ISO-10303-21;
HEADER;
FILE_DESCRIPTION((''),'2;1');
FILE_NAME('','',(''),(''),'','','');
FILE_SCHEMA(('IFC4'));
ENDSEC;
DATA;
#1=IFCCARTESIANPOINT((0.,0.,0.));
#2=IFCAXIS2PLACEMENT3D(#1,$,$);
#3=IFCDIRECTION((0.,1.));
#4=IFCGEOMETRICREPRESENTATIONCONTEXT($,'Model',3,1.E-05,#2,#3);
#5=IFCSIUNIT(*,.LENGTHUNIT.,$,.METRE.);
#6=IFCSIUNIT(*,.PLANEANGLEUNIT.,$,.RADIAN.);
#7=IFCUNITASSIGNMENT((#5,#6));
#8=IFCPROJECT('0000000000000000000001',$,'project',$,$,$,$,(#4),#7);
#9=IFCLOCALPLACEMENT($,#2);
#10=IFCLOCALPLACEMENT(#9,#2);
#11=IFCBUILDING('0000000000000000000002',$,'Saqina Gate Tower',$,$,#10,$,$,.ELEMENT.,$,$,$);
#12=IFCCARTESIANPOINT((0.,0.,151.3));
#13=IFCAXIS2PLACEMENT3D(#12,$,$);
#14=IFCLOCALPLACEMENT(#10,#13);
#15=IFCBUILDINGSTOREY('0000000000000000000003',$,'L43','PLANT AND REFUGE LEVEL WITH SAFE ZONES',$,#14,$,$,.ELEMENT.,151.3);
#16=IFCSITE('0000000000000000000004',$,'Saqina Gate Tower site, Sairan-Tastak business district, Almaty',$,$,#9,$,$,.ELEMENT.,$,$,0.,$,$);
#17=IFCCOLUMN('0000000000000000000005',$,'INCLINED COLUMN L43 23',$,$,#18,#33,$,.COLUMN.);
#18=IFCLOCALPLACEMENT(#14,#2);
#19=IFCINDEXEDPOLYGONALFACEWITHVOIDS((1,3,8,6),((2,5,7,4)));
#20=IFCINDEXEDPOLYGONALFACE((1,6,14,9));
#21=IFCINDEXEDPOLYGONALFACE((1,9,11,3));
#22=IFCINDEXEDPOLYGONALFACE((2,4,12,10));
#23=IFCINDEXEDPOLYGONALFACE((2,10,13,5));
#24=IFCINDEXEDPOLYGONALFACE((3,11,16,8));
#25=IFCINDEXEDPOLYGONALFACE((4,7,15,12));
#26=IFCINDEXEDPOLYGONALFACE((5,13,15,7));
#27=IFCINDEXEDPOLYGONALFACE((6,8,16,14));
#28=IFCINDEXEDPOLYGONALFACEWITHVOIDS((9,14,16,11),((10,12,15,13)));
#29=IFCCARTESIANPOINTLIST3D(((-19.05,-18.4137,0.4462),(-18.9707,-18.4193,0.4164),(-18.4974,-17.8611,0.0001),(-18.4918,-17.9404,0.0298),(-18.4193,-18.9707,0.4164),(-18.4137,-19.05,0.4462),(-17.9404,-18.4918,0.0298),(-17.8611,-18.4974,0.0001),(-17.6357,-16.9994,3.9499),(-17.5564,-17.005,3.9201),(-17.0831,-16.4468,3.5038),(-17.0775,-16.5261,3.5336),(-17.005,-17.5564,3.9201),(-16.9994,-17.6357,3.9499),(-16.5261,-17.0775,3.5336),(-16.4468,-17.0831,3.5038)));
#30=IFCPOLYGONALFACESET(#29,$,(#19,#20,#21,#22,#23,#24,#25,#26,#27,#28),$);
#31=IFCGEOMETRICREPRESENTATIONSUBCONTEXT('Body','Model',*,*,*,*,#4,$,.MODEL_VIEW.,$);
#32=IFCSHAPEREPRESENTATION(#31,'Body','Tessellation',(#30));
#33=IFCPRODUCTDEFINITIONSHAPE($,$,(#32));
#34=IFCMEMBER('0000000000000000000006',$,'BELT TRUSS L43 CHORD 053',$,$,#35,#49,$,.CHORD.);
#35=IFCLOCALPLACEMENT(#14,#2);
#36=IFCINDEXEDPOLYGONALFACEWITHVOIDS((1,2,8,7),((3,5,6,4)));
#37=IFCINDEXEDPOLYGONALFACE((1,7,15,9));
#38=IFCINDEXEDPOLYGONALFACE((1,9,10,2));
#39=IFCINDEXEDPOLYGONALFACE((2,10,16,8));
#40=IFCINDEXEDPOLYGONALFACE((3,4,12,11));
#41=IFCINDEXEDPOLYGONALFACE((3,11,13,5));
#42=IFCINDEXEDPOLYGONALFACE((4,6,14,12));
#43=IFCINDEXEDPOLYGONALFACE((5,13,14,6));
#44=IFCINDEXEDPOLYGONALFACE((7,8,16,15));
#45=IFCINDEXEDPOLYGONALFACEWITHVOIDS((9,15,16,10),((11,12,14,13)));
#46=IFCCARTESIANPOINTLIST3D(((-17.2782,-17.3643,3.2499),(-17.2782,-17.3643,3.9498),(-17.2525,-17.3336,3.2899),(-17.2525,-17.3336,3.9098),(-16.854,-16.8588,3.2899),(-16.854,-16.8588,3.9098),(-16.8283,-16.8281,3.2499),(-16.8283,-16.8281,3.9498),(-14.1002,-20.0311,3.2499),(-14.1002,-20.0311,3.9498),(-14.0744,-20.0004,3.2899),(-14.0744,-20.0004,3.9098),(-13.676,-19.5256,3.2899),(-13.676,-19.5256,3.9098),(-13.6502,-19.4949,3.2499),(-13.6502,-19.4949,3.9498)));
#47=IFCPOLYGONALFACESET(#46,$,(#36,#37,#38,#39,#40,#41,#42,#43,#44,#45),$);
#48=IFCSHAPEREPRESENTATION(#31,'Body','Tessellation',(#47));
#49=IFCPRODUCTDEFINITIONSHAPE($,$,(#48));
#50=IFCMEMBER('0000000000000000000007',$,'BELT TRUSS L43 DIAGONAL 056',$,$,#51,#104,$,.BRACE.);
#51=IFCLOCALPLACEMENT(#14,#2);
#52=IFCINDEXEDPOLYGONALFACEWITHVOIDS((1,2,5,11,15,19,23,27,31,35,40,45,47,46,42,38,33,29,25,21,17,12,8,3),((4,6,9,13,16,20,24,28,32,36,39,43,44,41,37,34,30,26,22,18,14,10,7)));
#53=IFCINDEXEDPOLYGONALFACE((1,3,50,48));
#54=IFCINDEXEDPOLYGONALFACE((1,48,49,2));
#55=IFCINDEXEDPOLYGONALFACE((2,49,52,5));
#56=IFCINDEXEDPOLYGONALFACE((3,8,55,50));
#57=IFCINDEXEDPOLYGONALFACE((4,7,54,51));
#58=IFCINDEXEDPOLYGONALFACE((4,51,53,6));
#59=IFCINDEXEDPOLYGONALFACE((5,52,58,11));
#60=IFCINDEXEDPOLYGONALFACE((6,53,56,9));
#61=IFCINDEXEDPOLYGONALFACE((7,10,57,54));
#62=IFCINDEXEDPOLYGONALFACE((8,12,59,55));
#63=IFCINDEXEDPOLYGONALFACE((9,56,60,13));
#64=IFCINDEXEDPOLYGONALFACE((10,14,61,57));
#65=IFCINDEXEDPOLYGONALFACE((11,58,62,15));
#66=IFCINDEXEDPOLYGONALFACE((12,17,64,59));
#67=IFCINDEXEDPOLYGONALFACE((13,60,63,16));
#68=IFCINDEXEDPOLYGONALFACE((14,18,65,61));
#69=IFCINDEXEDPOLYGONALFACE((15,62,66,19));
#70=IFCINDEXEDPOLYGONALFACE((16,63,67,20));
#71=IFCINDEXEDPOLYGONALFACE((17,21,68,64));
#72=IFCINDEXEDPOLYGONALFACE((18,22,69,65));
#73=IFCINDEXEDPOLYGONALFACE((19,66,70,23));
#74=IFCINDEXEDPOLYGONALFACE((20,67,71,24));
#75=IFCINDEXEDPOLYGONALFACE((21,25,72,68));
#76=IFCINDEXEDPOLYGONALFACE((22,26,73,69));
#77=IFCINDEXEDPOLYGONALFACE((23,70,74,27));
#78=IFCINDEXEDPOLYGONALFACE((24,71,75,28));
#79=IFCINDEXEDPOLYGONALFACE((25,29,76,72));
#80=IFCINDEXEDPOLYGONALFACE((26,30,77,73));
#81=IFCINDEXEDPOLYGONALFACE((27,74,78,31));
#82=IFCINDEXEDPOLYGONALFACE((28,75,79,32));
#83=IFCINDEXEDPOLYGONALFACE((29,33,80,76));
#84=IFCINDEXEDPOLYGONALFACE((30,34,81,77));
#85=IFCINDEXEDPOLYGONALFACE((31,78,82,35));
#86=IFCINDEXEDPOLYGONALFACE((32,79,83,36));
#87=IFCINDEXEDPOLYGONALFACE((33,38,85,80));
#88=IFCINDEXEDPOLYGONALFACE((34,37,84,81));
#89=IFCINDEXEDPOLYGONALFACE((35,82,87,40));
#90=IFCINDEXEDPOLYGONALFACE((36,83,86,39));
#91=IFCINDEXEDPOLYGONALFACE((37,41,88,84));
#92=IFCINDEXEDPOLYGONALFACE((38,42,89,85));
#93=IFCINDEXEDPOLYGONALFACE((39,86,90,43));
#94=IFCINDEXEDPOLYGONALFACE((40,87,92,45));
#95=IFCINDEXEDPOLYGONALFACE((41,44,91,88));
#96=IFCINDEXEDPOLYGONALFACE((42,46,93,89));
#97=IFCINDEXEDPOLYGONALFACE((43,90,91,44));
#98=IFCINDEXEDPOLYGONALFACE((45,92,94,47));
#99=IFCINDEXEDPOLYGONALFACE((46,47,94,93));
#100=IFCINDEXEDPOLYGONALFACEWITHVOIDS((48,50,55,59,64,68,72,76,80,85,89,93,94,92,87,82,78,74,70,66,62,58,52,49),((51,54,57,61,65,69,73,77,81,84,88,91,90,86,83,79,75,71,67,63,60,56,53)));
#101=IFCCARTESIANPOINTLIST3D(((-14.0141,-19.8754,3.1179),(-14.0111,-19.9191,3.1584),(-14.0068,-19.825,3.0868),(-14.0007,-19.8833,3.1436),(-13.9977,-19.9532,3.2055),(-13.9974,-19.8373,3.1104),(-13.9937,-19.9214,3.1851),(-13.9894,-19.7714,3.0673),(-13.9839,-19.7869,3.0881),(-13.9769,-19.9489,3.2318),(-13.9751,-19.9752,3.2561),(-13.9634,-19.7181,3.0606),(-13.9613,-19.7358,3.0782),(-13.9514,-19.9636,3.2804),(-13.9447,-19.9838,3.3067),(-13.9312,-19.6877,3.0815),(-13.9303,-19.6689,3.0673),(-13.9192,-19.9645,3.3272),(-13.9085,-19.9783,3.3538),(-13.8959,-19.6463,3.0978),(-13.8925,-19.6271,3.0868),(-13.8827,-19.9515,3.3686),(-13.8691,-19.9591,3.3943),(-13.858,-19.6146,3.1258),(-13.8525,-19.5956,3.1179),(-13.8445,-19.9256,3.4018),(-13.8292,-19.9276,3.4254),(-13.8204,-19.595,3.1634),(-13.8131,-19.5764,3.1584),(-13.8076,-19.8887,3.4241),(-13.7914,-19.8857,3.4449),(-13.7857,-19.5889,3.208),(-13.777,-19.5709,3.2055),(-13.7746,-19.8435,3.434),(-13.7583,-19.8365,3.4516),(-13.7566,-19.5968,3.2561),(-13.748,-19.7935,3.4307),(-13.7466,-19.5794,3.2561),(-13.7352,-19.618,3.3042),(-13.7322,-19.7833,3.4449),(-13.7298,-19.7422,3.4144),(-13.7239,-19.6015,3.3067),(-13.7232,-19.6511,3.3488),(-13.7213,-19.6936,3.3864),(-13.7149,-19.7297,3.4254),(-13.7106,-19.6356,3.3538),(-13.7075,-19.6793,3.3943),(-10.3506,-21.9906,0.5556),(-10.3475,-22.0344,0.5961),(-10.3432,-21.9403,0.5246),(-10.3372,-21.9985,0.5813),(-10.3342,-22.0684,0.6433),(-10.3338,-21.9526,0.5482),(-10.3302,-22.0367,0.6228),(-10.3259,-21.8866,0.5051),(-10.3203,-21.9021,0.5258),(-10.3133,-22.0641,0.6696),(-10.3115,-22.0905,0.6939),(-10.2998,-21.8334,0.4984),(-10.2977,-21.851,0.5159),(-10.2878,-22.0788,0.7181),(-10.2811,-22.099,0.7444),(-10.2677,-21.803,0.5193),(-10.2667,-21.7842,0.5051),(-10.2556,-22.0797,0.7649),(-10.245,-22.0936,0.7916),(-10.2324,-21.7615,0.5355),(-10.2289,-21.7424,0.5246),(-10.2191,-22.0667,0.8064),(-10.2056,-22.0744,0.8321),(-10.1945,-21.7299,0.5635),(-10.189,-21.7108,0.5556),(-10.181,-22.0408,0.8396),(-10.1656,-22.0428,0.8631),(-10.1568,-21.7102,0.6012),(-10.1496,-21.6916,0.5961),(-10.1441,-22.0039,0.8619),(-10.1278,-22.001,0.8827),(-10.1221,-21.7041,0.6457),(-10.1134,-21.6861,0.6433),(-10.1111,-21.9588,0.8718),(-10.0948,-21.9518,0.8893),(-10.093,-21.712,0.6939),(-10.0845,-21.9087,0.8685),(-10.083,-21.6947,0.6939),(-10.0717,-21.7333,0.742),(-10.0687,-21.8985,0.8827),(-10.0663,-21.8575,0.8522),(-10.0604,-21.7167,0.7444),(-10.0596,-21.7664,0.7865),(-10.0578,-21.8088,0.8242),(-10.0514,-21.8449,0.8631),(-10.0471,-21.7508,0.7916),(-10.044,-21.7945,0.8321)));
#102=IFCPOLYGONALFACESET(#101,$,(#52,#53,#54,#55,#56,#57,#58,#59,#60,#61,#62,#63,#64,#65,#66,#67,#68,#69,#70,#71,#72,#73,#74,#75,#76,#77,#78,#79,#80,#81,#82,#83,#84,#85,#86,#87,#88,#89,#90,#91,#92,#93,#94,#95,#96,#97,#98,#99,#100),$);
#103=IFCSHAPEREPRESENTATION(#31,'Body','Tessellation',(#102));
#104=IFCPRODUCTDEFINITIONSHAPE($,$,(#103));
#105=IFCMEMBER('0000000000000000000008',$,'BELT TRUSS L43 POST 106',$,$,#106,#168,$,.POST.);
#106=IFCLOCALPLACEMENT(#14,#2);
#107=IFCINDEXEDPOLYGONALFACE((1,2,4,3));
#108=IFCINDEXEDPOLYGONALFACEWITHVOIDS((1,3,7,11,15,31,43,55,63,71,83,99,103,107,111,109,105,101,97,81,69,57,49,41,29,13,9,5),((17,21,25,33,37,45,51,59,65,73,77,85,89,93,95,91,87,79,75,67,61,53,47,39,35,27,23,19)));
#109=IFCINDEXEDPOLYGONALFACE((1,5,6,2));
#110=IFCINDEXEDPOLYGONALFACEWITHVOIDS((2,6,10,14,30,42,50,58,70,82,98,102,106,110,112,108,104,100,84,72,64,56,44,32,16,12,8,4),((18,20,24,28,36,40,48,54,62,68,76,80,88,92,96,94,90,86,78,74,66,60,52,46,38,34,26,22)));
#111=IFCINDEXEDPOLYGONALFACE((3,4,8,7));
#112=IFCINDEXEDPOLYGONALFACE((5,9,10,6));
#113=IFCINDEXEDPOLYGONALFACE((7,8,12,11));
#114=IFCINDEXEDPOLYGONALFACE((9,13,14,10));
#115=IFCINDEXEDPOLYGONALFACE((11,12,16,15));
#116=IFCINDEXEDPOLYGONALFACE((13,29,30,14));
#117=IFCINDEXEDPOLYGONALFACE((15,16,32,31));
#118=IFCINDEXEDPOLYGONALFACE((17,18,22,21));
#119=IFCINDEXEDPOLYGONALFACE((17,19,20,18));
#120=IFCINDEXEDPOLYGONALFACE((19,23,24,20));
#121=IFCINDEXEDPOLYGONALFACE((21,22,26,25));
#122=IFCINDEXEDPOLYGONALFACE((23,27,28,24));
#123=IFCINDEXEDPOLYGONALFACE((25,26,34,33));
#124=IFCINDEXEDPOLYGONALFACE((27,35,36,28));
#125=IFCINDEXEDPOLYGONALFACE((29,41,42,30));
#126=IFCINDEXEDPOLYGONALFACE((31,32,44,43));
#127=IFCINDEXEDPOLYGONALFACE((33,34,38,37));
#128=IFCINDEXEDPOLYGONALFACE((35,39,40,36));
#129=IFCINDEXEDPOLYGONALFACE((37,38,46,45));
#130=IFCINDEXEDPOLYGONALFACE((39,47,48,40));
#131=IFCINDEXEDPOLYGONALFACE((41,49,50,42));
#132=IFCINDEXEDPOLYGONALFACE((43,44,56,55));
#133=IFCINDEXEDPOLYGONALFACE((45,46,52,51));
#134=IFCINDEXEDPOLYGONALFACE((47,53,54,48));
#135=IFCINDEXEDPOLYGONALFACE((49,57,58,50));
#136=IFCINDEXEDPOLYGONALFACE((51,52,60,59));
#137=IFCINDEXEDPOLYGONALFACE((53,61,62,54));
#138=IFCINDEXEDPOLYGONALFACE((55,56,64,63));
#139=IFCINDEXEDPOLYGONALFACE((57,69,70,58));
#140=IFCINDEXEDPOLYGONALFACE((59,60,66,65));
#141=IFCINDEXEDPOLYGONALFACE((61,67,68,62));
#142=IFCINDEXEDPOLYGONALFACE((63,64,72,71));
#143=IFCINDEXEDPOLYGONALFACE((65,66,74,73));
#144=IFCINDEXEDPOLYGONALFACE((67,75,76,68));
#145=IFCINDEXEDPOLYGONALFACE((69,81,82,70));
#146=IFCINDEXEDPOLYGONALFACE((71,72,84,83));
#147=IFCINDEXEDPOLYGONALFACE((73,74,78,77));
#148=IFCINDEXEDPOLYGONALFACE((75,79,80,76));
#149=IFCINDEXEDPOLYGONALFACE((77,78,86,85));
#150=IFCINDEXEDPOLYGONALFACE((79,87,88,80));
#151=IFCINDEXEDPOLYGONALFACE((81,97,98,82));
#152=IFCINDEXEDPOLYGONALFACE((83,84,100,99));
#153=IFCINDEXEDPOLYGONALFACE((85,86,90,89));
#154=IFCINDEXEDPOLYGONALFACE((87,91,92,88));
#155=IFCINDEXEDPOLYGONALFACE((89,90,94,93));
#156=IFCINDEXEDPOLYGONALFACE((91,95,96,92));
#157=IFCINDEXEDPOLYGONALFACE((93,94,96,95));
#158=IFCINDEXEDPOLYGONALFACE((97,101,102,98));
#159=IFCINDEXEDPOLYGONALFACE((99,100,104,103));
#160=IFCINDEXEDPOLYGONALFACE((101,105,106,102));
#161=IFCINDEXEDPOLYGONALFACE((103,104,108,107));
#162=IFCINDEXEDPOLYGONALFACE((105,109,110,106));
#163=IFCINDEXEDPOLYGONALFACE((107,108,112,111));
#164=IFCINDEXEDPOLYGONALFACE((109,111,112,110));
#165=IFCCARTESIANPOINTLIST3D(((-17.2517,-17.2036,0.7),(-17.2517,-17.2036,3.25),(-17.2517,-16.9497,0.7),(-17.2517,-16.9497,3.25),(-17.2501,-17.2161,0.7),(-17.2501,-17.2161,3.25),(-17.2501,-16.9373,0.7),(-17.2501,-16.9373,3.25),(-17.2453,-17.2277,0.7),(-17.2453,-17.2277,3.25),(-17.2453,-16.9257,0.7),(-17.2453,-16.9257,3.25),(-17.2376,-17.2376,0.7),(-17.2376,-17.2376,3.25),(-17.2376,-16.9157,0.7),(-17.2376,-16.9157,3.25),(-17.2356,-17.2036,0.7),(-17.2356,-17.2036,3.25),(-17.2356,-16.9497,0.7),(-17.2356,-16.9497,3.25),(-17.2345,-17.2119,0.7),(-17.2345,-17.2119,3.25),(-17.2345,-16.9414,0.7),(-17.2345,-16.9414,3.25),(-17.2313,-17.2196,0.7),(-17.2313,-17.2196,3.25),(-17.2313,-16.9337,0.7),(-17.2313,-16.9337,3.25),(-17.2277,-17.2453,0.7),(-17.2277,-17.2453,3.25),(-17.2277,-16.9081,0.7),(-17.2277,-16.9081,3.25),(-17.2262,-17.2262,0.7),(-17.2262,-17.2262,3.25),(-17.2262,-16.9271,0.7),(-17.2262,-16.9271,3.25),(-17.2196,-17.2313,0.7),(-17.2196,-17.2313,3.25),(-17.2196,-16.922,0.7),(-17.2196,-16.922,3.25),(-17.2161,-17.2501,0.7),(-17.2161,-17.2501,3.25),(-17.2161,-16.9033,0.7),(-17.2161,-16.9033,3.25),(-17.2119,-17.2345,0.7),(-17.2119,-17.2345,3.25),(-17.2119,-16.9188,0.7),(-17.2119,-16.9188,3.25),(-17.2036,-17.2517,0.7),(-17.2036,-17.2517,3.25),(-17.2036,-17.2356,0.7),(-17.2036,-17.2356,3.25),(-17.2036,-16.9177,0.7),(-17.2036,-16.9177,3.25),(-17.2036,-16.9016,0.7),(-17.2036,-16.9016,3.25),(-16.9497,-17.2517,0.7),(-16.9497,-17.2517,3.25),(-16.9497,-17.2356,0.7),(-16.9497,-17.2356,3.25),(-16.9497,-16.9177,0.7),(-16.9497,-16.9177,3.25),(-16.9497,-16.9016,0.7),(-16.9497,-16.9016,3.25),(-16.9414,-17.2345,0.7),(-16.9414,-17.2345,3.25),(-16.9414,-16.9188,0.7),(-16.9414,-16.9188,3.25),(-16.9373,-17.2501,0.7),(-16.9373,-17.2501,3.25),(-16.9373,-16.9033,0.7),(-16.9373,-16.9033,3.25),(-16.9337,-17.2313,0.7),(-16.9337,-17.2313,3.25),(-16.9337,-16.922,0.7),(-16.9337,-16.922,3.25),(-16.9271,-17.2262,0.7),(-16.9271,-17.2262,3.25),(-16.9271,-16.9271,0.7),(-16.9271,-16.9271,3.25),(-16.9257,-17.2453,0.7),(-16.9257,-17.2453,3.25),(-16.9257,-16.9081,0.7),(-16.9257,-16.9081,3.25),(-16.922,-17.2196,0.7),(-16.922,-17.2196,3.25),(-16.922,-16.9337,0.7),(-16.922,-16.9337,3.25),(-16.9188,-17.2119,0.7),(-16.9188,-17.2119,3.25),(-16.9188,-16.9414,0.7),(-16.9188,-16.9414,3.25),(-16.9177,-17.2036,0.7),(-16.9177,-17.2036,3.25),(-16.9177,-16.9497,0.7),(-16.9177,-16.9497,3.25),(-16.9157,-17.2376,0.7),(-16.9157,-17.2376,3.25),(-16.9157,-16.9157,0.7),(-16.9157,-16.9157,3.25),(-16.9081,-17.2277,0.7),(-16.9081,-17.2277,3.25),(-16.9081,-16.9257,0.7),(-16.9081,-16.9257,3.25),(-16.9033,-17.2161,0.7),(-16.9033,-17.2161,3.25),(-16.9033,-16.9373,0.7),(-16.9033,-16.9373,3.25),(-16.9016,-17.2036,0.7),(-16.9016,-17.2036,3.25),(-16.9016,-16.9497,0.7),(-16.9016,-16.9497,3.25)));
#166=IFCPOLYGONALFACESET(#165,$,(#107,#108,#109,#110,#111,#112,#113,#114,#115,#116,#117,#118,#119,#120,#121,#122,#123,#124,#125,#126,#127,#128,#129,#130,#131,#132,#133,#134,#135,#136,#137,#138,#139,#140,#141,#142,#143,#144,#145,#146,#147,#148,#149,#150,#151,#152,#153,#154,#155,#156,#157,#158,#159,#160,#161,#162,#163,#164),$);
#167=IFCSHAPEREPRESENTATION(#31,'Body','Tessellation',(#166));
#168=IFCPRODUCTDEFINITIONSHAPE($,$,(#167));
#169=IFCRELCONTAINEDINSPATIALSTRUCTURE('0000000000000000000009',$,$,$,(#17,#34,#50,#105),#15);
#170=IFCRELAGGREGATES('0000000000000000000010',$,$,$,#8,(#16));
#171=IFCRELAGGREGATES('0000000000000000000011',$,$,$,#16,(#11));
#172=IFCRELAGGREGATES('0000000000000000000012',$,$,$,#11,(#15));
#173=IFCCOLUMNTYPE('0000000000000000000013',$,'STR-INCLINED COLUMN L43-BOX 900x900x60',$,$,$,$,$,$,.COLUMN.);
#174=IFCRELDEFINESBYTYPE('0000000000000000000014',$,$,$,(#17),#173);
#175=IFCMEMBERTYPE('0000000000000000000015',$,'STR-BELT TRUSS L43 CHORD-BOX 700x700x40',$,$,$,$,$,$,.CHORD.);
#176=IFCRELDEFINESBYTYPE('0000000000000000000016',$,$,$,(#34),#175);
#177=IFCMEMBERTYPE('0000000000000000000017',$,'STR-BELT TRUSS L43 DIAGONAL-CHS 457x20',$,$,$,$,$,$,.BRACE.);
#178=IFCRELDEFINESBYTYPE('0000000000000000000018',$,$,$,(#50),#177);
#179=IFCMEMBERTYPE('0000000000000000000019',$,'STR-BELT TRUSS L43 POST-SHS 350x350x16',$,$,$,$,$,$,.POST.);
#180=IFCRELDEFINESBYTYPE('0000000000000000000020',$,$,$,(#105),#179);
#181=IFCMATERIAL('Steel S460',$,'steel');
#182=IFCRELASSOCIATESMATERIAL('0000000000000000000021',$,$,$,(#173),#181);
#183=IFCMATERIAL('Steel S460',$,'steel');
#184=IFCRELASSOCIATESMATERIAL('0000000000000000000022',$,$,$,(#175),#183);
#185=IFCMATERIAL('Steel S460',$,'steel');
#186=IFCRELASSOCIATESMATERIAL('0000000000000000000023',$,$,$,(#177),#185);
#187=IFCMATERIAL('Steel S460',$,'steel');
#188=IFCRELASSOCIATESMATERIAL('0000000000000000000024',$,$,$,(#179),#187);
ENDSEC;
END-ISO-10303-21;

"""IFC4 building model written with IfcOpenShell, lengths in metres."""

from ifc_helpers import new_model, si_unit, direction, frame, origin, origin_2d, place, context, subcontext, project, spatial, hollow_rectangle, hollow_circle, extrude, material, material_profile, profile_set, type_object, element, save


model = new_model("IFC4")

# Units and contexts
model_context = context("Model", 3, precision=1e-05, world=origin(), true_north=direction((0.0, 1.0)))
body_context = subcontext(model_context, "Body", "Model", "MODEL_VIEW")
ifc_project = project(units=[si_unit("LENGTHUNIT", "METRE"), si_unit("PLANEANGLEUNIT", "RADIAN")], contexts=[model_context])

# Site, building, storey
site_placement = place(None, origin())
site = spatial("IfcSite", under=ifc_project, at=site_placement, Name="Saqina Gate Tower site, Sairan-Tastak business district, Almaty", CompositionType="ELEMENT", RefElevation=0.0)
building_placement = place(site_placement, origin())
building = spatial("IfcBuilding", under=site, at=building_placement, Name="Saqina Gate Tower", CompositionType="ELEMENT")
storey_placement = place(building_placement, frame((0.0, 0.0, 151.3)))
storey = spatial("IfcBuildingStorey", under=building, at=storey_placement, Name="L43", Description="PLANT AND REFUGE LEVEL WITH SAFE ZONES", CompositionType="ELEMENT", Elevation=151.3)

# Column
ifc_material_1 = material(Name="Steel S460", Category="steel")
ifc_material_profile_1 = material_profile(ifc_material_1, hollow_rectangle(XDim=0.8999, YDim=0.8999, WallThickness=0.0601, at=origin_2d()), Name="BOX 900x900x60")
ifc_profile_set_1 = profile_set([ifc_material_profile_1], Name="Steel S460")
column_type = type_object("IfcColumnType", Name="STR-INCLINED COLUMN L43-BOX 900x900x60", PredefinedType="COLUMN", material=ifc_profile_set_1)
column_placement = place(storey_placement, frame((-18.4556, -18.4556, 0.2231), z_axis=(0.350564, 0.350564, 0.868452), x_axis=(-0.707107, 0.707107, 0.0)))
element("IfcColumn", 1, at=column_placement, inside=storey, type_object=column_type, Name="INCLINED COLUMN L43 23", PredefinedType="COLUMN", context=body_context, shape_type="SweptSolid", body=[
    extrude(hollow_rectangle(XDim=0.8999, YDim=0.8999, WallThickness=0.0601, at=origin_2d()), origin(), (0.0, 0.0, 1.0), 4.0344),
])

# Members
ifc_material_2 = material(Name="Steel S460", Category="steel")
ifc_material_profile_2 = material_profile(ifc_material_2, hollow_rectangle(XDim=0.7, YDim=0.7, WallThickness=0.04, at=origin_2d()), Name="BOX 700x700x40")
ifc_profile_set_2 = profile_set([ifc_material_profile_2], Name="Steel S460")
member_type_1 = type_object("IfcMemberType", Name="STR-BELT TRUSS L43 CHORD-BOX 700x700x40", PredefinedType="CHORD", material=ifc_profile_set_2)
member_1_placement = place(storey_placement, frame((-17.0532, -17.0962, 3.5999), z_axis=(0.766032, -0.642803, 0.0), x_axis=(0.642803, 0.766032, 0.0)))
element("IfcMember", 2, at=member_1_placement, inside=storey, type_object=member_type_1, Name="BELT TRUSS L43 CHORD 053", PredefinedType="CHORD", context=body_context, shape_type="SweptSolid", body=[
    extrude(hollow_rectangle(XDim=0.7, YDim=0.7, WallThickness=0.04, at=origin_2d()), origin(), (0.0, 0.0, 1.0), 4.1487),
])
ifc_material_3 = material(Name="Steel S460", Category="steel")
ifc_material_profile_3 = material_profile(ifc_material_3, hollow_circle(Radius=0.2285, WallThickness=0.02, at=origin_2d()), Name="CHS 457x20")
ifc_profile_set_3 = profile_set([ifc_material_profile_3], Name="Steel S460")
member_type_2 = type_object("IfcMemberType", Name="STR-BELT TRUSS L43 DIAGONAL-CHS 457x20", PredefinedType="BRACE", material=ifc_profile_set_3)
member_2_placement = place(storey_placement, frame((-13.8608, -19.7773, 3.2561), z_axis=(0.740741, -0.427681, -0.518065), x_axis=(0.500012, 0.866018, 0.0)))
element("IfcMember", 3, at=member_2_placement, inside=storey, type_object=member_type_2, Name="BELT TRUSS L43 DIAGONAL 056", PredefinedType="BRACE", context=body_context, shape_type="SweptSolid", body=[
    extrude(hollow_circle(Radius=0.2285, WallThickness=0.02, at=origin_2d()), origin(), (0.0, 0.0, 1.0), 4.9458),
])
ifc_material_4 = material(Name="Steel S460", Category="steel")
ifc_material_profile_4 = material_profile(ifc_material_4, hollow_rectangle(XDim=0.3501, YDim=0.3501, WallThickness=0.0161, InnerFilletRadius=0.032, OuterFilletRadius=0.0481, at=origin_2d()), Name="SHS 350x350x16")
ifc_profile_set_4 = profile_set([ifc_material_profile_4], Name="Steel S460")
member_type_3 = type_object("IfcMemberType", Name="STR-BELT TRUSS L43 POST-SHS 350x350x16", PredefinedType="POST", material=ifc_profile_set_4)
for number, where, z_axis, x_axis, name in (
    (4, (-17.0767, -17.0767, 0.7), (0.0, 0.0, 1.0), (1.0, 0.0, 0.0), "BELT TRUSS L43 POST 106"),
):
    element("IfcMember", number, at=place(storey_placement, frame(where, z_axis=z_axis, x_axis=x_axis)), inside=storey, type_object=member_type_3, Name=name, PredefinedType="POST", context=body_context, shape_type="SweptSolid", body=[
        extrude(hollow_rectangle(XDim=0.3501, YDim=0.3501, WallThickness=0.0161, InnerFilletRadius=0.032, OuterFilletRadius=0.0481, at=origin_2d()), origin(), (0.0, 0.0, 1.0), 2.55),
    ])

save(model, "model.ifc")
